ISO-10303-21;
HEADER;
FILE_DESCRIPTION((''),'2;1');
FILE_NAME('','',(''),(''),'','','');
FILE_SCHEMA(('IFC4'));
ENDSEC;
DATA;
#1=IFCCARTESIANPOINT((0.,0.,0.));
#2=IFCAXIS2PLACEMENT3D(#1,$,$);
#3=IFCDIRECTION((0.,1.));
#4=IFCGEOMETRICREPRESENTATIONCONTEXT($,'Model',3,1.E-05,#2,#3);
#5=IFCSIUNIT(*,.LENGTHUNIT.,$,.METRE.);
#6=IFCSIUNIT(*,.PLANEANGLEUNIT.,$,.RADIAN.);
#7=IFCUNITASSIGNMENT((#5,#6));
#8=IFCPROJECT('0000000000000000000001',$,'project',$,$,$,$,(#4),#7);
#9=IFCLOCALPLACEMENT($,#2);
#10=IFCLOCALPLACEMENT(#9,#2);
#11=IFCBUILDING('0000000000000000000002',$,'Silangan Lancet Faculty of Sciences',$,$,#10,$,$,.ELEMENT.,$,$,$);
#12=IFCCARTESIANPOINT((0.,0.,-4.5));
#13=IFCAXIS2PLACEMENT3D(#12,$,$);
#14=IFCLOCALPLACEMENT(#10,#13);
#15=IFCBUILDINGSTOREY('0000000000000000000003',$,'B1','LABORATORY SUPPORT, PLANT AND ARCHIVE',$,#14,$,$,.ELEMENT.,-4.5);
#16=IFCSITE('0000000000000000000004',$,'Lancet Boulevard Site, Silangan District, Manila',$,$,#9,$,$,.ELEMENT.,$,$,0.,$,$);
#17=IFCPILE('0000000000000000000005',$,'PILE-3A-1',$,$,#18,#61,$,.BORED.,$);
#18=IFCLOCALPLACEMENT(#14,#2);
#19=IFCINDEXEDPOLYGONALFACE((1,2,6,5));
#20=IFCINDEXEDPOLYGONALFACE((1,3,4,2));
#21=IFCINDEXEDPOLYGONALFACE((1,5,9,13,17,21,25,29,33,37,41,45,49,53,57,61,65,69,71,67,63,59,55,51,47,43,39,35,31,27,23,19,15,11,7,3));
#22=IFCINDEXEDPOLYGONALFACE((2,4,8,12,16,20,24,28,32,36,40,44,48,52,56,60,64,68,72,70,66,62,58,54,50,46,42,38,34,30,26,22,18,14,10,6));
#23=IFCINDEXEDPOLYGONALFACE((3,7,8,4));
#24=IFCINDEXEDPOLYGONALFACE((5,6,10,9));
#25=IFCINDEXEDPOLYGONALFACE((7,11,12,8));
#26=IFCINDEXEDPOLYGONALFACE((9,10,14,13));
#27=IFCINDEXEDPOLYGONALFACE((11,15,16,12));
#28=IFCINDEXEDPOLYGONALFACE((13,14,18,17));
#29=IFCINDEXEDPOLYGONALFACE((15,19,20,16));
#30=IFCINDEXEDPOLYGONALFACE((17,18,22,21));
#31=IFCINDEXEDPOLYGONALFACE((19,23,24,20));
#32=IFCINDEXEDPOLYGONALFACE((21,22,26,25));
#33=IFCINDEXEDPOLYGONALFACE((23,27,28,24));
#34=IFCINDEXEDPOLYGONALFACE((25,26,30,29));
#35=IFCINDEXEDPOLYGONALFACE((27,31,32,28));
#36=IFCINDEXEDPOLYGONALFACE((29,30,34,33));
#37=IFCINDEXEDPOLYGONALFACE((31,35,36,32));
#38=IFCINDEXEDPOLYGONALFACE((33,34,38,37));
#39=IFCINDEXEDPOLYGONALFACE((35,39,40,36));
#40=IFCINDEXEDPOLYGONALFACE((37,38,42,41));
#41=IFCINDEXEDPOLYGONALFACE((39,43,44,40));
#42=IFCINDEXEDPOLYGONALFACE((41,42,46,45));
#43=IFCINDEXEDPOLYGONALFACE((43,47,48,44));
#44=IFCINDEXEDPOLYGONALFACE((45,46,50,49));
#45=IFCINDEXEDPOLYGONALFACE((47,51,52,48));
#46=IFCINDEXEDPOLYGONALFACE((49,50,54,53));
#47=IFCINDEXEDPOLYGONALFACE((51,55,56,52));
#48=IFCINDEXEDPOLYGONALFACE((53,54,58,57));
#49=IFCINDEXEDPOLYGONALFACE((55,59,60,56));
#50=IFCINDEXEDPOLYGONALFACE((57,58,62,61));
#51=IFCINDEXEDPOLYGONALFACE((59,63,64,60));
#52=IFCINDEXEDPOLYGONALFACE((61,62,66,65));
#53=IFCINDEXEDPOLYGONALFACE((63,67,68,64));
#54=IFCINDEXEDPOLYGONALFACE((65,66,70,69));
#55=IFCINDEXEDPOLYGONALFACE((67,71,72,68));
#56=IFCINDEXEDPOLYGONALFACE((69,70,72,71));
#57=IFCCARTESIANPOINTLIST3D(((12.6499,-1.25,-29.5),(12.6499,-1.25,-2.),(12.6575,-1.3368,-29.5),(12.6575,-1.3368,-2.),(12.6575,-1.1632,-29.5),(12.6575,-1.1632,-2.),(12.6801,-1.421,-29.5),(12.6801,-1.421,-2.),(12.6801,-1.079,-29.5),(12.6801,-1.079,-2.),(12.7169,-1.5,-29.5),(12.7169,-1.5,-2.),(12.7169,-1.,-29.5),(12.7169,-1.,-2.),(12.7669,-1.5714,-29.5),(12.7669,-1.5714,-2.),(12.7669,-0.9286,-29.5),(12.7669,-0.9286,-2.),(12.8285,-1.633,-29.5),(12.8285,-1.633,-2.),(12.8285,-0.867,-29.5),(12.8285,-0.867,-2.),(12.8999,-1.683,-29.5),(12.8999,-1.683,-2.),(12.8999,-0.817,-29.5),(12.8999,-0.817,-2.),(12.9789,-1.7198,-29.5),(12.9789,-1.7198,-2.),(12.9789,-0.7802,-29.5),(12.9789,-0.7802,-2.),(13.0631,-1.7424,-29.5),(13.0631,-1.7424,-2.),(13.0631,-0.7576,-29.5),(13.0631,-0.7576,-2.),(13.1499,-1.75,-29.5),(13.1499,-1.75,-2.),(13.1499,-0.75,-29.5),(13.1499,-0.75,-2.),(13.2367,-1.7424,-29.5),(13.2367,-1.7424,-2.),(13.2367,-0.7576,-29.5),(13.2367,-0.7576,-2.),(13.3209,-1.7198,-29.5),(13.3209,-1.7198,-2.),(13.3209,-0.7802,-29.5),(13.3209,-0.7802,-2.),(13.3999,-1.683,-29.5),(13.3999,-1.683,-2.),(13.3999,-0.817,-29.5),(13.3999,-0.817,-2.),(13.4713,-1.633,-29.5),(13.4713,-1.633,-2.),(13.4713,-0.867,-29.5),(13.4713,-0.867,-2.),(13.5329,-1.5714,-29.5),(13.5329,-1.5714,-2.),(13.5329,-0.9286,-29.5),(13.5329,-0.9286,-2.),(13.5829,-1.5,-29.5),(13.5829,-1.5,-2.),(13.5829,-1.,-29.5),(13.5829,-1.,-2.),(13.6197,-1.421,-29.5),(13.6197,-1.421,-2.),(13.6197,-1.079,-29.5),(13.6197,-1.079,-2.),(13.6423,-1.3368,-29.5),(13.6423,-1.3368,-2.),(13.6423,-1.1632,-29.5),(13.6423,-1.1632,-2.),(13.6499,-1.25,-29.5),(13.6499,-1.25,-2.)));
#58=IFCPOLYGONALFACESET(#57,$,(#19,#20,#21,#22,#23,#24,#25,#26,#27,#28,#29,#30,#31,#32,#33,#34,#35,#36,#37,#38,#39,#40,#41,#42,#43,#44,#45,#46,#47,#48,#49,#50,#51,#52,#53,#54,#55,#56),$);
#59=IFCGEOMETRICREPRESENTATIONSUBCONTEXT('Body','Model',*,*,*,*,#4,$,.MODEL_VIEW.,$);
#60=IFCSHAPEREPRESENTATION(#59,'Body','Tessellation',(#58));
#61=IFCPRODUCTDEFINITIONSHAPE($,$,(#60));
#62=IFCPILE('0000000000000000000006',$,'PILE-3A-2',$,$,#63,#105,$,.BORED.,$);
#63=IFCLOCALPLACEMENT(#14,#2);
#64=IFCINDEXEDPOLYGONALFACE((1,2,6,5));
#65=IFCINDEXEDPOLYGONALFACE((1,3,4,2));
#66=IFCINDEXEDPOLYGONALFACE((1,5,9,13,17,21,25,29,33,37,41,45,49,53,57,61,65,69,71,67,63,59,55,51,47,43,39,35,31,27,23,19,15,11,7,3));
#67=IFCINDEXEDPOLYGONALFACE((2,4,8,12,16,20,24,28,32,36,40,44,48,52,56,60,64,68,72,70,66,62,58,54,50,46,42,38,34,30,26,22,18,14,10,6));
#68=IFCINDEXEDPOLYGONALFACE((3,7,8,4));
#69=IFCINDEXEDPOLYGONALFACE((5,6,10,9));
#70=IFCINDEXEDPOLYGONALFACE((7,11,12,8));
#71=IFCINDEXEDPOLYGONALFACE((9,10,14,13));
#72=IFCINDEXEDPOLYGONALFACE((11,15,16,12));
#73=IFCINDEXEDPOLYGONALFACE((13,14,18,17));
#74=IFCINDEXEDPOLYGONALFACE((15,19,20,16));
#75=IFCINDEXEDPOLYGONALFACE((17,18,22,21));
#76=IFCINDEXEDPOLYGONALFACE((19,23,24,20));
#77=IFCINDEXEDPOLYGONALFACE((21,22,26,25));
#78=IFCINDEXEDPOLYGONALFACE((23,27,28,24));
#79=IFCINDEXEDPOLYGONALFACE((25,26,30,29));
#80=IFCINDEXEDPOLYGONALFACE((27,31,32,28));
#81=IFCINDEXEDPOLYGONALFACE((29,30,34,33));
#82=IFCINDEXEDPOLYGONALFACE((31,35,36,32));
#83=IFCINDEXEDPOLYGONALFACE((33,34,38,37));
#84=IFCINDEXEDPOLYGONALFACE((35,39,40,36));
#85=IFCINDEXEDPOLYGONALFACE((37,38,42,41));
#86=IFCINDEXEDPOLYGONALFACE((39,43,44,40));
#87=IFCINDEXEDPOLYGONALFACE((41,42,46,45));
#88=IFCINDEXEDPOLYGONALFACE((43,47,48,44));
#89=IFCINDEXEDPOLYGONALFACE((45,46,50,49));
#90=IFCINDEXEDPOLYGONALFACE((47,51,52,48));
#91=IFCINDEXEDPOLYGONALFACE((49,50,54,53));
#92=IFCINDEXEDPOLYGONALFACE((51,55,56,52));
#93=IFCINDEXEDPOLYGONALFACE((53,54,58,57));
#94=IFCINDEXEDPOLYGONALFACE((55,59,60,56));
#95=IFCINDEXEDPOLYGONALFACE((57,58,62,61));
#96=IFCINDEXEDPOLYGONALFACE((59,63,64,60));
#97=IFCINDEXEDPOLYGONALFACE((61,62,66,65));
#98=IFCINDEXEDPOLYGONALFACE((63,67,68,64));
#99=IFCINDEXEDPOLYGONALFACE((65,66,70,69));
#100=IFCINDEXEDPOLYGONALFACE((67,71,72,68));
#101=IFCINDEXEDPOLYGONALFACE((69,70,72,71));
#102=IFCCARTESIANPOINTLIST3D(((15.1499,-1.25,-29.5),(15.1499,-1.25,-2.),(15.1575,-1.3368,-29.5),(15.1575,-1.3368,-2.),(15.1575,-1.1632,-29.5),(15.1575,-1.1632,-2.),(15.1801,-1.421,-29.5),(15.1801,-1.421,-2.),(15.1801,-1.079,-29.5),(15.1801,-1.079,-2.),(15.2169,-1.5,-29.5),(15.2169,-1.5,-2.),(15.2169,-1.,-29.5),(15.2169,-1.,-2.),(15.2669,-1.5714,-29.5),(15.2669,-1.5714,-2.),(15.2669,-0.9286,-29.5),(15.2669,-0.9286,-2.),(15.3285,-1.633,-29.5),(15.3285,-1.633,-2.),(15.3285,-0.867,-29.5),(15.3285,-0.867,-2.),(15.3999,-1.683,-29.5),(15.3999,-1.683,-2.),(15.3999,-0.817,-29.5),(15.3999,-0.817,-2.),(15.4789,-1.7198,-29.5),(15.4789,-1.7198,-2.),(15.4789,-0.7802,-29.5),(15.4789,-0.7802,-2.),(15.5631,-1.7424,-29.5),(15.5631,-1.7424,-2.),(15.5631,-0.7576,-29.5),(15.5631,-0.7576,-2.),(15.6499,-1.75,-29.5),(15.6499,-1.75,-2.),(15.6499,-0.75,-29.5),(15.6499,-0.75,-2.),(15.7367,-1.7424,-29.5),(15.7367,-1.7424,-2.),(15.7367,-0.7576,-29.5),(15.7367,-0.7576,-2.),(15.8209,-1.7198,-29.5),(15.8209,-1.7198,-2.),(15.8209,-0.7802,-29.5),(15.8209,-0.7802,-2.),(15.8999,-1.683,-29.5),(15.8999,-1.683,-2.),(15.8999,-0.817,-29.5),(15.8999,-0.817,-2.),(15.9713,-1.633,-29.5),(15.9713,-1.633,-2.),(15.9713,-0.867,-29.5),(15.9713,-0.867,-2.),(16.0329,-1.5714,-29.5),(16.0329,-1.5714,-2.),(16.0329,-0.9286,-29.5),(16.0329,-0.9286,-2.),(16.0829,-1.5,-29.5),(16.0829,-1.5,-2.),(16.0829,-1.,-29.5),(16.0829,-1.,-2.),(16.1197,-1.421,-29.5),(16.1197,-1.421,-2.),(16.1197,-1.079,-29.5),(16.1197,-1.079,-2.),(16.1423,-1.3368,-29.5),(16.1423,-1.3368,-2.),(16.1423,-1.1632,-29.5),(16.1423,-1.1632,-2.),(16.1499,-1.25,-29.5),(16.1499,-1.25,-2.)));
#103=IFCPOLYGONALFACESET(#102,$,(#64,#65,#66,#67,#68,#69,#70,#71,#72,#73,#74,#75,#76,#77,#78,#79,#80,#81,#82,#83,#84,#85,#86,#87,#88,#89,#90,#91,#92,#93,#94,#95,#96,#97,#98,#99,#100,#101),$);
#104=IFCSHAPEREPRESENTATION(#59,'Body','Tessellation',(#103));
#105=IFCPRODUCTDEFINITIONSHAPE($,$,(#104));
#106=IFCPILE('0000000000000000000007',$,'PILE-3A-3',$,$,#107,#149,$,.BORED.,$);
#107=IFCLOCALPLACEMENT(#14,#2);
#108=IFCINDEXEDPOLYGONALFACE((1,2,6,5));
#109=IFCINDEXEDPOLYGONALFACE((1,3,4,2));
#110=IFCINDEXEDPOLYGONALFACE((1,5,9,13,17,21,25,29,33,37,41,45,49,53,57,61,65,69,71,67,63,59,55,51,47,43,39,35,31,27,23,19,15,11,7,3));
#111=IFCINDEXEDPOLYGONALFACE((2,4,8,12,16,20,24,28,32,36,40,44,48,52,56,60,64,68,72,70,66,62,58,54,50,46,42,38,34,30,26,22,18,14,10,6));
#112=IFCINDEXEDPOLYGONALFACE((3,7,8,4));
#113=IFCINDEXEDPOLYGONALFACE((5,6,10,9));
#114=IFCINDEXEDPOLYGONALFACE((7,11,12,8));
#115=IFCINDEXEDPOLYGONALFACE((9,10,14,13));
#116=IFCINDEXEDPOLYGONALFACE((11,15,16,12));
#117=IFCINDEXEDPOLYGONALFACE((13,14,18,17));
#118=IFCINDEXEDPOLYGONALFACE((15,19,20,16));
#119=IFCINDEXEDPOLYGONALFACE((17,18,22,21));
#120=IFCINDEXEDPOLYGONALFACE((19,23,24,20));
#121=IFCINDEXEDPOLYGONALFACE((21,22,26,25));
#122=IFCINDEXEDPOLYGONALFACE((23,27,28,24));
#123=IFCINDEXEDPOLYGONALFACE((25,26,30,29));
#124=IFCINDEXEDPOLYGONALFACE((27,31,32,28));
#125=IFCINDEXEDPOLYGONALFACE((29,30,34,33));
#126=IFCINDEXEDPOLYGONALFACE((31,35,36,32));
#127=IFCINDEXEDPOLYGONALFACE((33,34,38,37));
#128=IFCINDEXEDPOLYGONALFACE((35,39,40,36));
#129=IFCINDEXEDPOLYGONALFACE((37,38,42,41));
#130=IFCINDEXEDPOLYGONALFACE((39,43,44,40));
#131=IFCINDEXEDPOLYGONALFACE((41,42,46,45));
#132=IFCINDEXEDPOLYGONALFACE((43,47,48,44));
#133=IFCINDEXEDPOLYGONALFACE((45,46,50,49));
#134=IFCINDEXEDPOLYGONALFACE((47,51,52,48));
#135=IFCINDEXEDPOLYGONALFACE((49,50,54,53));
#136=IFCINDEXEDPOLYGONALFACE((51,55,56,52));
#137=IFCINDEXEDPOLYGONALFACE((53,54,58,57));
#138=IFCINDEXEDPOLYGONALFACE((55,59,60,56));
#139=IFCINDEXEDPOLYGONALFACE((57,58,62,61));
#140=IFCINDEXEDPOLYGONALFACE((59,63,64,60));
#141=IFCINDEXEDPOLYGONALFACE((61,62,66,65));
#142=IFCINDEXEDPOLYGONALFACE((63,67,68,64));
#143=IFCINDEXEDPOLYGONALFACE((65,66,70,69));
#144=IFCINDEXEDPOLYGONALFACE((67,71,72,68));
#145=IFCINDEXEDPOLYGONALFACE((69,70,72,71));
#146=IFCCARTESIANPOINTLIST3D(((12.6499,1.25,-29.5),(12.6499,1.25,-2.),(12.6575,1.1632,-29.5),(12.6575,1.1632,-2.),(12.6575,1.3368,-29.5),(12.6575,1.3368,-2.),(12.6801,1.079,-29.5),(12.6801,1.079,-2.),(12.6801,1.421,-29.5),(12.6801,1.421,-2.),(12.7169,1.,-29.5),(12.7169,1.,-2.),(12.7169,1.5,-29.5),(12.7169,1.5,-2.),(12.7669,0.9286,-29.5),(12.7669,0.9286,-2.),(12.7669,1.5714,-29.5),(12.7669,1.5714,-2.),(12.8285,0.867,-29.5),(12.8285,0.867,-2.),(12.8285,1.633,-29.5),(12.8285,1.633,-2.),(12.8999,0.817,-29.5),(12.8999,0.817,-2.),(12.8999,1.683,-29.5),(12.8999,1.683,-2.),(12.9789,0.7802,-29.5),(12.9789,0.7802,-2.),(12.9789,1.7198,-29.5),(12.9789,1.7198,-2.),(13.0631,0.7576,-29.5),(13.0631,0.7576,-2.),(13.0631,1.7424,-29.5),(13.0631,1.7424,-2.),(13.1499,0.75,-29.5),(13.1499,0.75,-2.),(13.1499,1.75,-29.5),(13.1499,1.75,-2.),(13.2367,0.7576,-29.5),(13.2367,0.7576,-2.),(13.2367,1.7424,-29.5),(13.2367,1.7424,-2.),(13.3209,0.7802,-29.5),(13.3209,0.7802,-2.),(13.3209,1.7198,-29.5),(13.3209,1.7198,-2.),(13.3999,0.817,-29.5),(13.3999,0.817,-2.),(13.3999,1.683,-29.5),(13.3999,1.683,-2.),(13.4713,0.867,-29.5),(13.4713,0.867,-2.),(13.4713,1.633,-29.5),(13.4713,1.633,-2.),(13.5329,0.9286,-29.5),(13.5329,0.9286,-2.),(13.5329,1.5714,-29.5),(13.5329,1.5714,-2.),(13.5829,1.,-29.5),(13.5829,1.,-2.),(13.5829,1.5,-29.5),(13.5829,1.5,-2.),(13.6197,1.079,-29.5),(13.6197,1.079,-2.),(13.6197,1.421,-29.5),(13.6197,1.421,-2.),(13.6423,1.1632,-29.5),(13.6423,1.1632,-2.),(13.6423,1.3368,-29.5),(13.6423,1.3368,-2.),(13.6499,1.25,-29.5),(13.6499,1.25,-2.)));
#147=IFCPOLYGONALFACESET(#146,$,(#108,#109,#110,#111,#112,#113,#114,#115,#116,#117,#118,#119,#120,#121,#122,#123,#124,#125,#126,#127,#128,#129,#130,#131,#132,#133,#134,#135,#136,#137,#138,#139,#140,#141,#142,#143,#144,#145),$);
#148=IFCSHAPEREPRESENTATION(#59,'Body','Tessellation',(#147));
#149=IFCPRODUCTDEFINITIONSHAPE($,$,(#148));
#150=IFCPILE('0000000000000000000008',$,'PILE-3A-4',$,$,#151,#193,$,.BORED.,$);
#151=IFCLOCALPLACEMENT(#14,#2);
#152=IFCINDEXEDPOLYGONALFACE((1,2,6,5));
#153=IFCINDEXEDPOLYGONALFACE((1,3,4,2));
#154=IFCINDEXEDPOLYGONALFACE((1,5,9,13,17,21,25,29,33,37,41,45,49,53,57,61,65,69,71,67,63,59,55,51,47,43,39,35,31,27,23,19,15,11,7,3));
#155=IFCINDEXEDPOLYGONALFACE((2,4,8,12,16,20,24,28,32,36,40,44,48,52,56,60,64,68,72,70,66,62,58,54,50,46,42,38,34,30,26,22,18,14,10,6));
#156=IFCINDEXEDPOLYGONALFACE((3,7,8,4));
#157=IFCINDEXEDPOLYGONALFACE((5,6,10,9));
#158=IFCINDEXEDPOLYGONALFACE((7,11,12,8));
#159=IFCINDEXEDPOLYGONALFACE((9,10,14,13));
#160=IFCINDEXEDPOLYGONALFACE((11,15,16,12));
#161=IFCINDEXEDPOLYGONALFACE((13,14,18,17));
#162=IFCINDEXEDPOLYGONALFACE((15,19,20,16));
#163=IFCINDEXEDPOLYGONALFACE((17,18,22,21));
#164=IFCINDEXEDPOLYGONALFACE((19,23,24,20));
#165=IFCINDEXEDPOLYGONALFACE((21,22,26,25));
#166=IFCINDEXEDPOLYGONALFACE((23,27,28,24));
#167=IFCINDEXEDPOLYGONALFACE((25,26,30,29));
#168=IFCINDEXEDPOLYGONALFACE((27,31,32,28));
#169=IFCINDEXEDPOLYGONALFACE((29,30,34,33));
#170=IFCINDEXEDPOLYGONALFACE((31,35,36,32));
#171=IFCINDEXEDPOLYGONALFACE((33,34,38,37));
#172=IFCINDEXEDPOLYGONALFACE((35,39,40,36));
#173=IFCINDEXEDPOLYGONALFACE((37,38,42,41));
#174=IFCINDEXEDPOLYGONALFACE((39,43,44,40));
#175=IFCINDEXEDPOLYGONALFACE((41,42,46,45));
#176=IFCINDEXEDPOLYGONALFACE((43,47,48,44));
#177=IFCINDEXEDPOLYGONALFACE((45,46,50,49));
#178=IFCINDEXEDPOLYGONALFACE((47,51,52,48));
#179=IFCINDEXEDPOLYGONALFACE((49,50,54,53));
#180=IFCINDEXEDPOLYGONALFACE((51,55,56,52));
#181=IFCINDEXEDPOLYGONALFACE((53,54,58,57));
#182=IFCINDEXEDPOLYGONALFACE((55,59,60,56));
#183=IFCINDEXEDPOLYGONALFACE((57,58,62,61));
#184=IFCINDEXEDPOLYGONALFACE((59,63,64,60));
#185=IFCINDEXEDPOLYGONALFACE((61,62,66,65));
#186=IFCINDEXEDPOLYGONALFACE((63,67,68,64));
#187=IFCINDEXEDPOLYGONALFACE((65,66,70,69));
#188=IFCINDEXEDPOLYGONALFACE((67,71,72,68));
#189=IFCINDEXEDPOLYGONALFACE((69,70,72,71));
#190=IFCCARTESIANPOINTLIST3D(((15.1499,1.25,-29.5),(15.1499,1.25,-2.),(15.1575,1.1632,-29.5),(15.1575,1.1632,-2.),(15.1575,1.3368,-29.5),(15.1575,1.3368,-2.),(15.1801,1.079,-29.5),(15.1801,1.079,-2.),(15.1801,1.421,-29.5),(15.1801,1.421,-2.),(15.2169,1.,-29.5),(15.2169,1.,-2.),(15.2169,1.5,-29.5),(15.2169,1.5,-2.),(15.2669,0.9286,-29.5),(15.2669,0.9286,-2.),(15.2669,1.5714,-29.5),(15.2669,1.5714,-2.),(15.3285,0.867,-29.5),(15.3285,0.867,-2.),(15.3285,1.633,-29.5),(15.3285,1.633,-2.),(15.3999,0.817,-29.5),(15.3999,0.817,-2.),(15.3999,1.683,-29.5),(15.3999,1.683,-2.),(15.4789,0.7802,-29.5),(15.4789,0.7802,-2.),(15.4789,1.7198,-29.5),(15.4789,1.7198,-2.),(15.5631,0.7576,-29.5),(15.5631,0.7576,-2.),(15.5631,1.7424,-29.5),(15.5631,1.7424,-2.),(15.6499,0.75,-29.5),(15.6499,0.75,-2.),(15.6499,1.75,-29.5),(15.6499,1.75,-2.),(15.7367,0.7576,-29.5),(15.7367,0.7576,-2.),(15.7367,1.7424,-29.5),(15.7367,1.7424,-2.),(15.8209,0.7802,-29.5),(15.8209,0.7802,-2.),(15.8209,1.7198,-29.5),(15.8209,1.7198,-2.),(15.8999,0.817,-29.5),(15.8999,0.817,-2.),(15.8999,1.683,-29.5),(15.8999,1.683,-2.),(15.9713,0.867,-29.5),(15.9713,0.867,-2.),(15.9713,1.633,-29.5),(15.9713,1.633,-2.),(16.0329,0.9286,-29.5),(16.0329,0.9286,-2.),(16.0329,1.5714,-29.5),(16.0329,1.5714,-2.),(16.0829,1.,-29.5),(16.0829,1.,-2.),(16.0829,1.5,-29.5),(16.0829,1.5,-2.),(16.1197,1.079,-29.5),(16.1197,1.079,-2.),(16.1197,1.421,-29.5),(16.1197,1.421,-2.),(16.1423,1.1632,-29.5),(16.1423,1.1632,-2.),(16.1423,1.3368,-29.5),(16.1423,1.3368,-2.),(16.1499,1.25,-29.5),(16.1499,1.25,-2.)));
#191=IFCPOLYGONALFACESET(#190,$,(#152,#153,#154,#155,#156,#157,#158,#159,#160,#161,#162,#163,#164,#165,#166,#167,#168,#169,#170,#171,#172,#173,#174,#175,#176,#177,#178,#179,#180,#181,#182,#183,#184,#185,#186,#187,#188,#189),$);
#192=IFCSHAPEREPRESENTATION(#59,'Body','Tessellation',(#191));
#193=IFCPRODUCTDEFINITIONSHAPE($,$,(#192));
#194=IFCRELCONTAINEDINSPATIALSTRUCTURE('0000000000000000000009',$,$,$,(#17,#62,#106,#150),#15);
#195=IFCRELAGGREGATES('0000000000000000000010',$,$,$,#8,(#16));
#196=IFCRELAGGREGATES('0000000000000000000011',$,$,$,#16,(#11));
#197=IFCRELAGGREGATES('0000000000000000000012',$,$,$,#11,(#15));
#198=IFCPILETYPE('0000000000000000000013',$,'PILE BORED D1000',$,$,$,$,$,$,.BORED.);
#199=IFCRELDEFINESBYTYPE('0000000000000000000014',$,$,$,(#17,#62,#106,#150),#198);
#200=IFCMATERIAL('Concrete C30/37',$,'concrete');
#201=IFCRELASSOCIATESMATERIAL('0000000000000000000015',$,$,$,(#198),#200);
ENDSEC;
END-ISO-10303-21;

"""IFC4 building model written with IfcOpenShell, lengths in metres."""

from ifc_helpers import new_model, si_unit, direction, frame, origin, origin_2d, place, context, subcontext, project, spatial, circle, extrude, material, material_profile, profile_set, type_object, element, save


model = new_model("IFC4")

# Units and contexts
model_context = context("Model", 3, precision=1e-05, world=origin(), true_north=direction((0.0, 1.0)))
body_context = subcontext(model_context, "Body", "Model", "MODEL_VIEW")
ifc_project = project(units=[si_unit("LENGTHUNIT", "METRE"), si_unit("PLANEANGLEUNIT", "RADIAN")], contexts=[model_context])

# Site, building, storey
site_placement = place(None, origin())
site = spatial("IfcSite", under=ifc_project, at=site_placement, Name="Lancet Boulevard Site, Silangan District, Manila", CompositionType="ELEMENT", RefElevation=0.0)
building_placement = place(site_placement, origin())
building = spatial("IfcBuilding", under=site, at=building_placement, Name="Silangan Lancet Faculty of Sciences", CompositionType="ELEMENT")
storey_placement = place(building_placement, frame((0.0, 0.0, -4.5)))
storey = spatial("IfcBuildingStorey", under=building, at=storey_placement, Name="B1", Description="LABORATORY SUPPORT, PLANT AND ARCHIVE", CompositionType="ELEMENT", Elevation=-4.5)

# Piles
ifc_material_1 = material(Name="Concrete C30/37", Category="concrete")
ifc_material_profile_1 = material_profile(ifc_material_1, circle(Radius=0.5, at=origin_2d()), Name="BORED PILE D1000")
ifc_profile_set_1 = profile_set([ifc_material_profile_1], Name="Concrete C30/37")
pile_type = type_object("IfcPileType", Name="PILE BORED D1000", PredefinedType="BORED", material=ifc_profile_set_1)
for number, where, z_axis, x_axis, name in (
    (1, (13.1499, -1.25, -2.0), (0.0, 0.0, -1.0), (1.0, 0.0, 0.0), "PILE-3A-1"),
    (2, (15.6499, -1.25, -2.0), (0.0, 0.0, -1.0), (1.0, 0.0, 0.0), "PILE-3A-2"),
    (3, (13.1499, 1.25, -2.0), (0.0, 0.0, -1.0), (1.0, 0.0, 0.0), "PILE-3A-3"),
    (4, (15.6499, 1.25, -2.0), (0.0, 0.0, -1.0), (1.0, 0.0, 0.0), "PILE-3A-4"),
):
    element("IfcPile", number, at=place(storey_placement, frame(where, z_axis=z_axis, x_axis=x_axis)), inside=storey, type_object=pile_type, Name=name, PredefinedType="BORED", context=body_context, shape_type="SweptSolid", body=[
        extrude(circle(Radius=0.5, at=origin_2d()), origin(), (0.0, 0.0, 1.0), 27.5),
    ])

save(model, "model.ifc")
